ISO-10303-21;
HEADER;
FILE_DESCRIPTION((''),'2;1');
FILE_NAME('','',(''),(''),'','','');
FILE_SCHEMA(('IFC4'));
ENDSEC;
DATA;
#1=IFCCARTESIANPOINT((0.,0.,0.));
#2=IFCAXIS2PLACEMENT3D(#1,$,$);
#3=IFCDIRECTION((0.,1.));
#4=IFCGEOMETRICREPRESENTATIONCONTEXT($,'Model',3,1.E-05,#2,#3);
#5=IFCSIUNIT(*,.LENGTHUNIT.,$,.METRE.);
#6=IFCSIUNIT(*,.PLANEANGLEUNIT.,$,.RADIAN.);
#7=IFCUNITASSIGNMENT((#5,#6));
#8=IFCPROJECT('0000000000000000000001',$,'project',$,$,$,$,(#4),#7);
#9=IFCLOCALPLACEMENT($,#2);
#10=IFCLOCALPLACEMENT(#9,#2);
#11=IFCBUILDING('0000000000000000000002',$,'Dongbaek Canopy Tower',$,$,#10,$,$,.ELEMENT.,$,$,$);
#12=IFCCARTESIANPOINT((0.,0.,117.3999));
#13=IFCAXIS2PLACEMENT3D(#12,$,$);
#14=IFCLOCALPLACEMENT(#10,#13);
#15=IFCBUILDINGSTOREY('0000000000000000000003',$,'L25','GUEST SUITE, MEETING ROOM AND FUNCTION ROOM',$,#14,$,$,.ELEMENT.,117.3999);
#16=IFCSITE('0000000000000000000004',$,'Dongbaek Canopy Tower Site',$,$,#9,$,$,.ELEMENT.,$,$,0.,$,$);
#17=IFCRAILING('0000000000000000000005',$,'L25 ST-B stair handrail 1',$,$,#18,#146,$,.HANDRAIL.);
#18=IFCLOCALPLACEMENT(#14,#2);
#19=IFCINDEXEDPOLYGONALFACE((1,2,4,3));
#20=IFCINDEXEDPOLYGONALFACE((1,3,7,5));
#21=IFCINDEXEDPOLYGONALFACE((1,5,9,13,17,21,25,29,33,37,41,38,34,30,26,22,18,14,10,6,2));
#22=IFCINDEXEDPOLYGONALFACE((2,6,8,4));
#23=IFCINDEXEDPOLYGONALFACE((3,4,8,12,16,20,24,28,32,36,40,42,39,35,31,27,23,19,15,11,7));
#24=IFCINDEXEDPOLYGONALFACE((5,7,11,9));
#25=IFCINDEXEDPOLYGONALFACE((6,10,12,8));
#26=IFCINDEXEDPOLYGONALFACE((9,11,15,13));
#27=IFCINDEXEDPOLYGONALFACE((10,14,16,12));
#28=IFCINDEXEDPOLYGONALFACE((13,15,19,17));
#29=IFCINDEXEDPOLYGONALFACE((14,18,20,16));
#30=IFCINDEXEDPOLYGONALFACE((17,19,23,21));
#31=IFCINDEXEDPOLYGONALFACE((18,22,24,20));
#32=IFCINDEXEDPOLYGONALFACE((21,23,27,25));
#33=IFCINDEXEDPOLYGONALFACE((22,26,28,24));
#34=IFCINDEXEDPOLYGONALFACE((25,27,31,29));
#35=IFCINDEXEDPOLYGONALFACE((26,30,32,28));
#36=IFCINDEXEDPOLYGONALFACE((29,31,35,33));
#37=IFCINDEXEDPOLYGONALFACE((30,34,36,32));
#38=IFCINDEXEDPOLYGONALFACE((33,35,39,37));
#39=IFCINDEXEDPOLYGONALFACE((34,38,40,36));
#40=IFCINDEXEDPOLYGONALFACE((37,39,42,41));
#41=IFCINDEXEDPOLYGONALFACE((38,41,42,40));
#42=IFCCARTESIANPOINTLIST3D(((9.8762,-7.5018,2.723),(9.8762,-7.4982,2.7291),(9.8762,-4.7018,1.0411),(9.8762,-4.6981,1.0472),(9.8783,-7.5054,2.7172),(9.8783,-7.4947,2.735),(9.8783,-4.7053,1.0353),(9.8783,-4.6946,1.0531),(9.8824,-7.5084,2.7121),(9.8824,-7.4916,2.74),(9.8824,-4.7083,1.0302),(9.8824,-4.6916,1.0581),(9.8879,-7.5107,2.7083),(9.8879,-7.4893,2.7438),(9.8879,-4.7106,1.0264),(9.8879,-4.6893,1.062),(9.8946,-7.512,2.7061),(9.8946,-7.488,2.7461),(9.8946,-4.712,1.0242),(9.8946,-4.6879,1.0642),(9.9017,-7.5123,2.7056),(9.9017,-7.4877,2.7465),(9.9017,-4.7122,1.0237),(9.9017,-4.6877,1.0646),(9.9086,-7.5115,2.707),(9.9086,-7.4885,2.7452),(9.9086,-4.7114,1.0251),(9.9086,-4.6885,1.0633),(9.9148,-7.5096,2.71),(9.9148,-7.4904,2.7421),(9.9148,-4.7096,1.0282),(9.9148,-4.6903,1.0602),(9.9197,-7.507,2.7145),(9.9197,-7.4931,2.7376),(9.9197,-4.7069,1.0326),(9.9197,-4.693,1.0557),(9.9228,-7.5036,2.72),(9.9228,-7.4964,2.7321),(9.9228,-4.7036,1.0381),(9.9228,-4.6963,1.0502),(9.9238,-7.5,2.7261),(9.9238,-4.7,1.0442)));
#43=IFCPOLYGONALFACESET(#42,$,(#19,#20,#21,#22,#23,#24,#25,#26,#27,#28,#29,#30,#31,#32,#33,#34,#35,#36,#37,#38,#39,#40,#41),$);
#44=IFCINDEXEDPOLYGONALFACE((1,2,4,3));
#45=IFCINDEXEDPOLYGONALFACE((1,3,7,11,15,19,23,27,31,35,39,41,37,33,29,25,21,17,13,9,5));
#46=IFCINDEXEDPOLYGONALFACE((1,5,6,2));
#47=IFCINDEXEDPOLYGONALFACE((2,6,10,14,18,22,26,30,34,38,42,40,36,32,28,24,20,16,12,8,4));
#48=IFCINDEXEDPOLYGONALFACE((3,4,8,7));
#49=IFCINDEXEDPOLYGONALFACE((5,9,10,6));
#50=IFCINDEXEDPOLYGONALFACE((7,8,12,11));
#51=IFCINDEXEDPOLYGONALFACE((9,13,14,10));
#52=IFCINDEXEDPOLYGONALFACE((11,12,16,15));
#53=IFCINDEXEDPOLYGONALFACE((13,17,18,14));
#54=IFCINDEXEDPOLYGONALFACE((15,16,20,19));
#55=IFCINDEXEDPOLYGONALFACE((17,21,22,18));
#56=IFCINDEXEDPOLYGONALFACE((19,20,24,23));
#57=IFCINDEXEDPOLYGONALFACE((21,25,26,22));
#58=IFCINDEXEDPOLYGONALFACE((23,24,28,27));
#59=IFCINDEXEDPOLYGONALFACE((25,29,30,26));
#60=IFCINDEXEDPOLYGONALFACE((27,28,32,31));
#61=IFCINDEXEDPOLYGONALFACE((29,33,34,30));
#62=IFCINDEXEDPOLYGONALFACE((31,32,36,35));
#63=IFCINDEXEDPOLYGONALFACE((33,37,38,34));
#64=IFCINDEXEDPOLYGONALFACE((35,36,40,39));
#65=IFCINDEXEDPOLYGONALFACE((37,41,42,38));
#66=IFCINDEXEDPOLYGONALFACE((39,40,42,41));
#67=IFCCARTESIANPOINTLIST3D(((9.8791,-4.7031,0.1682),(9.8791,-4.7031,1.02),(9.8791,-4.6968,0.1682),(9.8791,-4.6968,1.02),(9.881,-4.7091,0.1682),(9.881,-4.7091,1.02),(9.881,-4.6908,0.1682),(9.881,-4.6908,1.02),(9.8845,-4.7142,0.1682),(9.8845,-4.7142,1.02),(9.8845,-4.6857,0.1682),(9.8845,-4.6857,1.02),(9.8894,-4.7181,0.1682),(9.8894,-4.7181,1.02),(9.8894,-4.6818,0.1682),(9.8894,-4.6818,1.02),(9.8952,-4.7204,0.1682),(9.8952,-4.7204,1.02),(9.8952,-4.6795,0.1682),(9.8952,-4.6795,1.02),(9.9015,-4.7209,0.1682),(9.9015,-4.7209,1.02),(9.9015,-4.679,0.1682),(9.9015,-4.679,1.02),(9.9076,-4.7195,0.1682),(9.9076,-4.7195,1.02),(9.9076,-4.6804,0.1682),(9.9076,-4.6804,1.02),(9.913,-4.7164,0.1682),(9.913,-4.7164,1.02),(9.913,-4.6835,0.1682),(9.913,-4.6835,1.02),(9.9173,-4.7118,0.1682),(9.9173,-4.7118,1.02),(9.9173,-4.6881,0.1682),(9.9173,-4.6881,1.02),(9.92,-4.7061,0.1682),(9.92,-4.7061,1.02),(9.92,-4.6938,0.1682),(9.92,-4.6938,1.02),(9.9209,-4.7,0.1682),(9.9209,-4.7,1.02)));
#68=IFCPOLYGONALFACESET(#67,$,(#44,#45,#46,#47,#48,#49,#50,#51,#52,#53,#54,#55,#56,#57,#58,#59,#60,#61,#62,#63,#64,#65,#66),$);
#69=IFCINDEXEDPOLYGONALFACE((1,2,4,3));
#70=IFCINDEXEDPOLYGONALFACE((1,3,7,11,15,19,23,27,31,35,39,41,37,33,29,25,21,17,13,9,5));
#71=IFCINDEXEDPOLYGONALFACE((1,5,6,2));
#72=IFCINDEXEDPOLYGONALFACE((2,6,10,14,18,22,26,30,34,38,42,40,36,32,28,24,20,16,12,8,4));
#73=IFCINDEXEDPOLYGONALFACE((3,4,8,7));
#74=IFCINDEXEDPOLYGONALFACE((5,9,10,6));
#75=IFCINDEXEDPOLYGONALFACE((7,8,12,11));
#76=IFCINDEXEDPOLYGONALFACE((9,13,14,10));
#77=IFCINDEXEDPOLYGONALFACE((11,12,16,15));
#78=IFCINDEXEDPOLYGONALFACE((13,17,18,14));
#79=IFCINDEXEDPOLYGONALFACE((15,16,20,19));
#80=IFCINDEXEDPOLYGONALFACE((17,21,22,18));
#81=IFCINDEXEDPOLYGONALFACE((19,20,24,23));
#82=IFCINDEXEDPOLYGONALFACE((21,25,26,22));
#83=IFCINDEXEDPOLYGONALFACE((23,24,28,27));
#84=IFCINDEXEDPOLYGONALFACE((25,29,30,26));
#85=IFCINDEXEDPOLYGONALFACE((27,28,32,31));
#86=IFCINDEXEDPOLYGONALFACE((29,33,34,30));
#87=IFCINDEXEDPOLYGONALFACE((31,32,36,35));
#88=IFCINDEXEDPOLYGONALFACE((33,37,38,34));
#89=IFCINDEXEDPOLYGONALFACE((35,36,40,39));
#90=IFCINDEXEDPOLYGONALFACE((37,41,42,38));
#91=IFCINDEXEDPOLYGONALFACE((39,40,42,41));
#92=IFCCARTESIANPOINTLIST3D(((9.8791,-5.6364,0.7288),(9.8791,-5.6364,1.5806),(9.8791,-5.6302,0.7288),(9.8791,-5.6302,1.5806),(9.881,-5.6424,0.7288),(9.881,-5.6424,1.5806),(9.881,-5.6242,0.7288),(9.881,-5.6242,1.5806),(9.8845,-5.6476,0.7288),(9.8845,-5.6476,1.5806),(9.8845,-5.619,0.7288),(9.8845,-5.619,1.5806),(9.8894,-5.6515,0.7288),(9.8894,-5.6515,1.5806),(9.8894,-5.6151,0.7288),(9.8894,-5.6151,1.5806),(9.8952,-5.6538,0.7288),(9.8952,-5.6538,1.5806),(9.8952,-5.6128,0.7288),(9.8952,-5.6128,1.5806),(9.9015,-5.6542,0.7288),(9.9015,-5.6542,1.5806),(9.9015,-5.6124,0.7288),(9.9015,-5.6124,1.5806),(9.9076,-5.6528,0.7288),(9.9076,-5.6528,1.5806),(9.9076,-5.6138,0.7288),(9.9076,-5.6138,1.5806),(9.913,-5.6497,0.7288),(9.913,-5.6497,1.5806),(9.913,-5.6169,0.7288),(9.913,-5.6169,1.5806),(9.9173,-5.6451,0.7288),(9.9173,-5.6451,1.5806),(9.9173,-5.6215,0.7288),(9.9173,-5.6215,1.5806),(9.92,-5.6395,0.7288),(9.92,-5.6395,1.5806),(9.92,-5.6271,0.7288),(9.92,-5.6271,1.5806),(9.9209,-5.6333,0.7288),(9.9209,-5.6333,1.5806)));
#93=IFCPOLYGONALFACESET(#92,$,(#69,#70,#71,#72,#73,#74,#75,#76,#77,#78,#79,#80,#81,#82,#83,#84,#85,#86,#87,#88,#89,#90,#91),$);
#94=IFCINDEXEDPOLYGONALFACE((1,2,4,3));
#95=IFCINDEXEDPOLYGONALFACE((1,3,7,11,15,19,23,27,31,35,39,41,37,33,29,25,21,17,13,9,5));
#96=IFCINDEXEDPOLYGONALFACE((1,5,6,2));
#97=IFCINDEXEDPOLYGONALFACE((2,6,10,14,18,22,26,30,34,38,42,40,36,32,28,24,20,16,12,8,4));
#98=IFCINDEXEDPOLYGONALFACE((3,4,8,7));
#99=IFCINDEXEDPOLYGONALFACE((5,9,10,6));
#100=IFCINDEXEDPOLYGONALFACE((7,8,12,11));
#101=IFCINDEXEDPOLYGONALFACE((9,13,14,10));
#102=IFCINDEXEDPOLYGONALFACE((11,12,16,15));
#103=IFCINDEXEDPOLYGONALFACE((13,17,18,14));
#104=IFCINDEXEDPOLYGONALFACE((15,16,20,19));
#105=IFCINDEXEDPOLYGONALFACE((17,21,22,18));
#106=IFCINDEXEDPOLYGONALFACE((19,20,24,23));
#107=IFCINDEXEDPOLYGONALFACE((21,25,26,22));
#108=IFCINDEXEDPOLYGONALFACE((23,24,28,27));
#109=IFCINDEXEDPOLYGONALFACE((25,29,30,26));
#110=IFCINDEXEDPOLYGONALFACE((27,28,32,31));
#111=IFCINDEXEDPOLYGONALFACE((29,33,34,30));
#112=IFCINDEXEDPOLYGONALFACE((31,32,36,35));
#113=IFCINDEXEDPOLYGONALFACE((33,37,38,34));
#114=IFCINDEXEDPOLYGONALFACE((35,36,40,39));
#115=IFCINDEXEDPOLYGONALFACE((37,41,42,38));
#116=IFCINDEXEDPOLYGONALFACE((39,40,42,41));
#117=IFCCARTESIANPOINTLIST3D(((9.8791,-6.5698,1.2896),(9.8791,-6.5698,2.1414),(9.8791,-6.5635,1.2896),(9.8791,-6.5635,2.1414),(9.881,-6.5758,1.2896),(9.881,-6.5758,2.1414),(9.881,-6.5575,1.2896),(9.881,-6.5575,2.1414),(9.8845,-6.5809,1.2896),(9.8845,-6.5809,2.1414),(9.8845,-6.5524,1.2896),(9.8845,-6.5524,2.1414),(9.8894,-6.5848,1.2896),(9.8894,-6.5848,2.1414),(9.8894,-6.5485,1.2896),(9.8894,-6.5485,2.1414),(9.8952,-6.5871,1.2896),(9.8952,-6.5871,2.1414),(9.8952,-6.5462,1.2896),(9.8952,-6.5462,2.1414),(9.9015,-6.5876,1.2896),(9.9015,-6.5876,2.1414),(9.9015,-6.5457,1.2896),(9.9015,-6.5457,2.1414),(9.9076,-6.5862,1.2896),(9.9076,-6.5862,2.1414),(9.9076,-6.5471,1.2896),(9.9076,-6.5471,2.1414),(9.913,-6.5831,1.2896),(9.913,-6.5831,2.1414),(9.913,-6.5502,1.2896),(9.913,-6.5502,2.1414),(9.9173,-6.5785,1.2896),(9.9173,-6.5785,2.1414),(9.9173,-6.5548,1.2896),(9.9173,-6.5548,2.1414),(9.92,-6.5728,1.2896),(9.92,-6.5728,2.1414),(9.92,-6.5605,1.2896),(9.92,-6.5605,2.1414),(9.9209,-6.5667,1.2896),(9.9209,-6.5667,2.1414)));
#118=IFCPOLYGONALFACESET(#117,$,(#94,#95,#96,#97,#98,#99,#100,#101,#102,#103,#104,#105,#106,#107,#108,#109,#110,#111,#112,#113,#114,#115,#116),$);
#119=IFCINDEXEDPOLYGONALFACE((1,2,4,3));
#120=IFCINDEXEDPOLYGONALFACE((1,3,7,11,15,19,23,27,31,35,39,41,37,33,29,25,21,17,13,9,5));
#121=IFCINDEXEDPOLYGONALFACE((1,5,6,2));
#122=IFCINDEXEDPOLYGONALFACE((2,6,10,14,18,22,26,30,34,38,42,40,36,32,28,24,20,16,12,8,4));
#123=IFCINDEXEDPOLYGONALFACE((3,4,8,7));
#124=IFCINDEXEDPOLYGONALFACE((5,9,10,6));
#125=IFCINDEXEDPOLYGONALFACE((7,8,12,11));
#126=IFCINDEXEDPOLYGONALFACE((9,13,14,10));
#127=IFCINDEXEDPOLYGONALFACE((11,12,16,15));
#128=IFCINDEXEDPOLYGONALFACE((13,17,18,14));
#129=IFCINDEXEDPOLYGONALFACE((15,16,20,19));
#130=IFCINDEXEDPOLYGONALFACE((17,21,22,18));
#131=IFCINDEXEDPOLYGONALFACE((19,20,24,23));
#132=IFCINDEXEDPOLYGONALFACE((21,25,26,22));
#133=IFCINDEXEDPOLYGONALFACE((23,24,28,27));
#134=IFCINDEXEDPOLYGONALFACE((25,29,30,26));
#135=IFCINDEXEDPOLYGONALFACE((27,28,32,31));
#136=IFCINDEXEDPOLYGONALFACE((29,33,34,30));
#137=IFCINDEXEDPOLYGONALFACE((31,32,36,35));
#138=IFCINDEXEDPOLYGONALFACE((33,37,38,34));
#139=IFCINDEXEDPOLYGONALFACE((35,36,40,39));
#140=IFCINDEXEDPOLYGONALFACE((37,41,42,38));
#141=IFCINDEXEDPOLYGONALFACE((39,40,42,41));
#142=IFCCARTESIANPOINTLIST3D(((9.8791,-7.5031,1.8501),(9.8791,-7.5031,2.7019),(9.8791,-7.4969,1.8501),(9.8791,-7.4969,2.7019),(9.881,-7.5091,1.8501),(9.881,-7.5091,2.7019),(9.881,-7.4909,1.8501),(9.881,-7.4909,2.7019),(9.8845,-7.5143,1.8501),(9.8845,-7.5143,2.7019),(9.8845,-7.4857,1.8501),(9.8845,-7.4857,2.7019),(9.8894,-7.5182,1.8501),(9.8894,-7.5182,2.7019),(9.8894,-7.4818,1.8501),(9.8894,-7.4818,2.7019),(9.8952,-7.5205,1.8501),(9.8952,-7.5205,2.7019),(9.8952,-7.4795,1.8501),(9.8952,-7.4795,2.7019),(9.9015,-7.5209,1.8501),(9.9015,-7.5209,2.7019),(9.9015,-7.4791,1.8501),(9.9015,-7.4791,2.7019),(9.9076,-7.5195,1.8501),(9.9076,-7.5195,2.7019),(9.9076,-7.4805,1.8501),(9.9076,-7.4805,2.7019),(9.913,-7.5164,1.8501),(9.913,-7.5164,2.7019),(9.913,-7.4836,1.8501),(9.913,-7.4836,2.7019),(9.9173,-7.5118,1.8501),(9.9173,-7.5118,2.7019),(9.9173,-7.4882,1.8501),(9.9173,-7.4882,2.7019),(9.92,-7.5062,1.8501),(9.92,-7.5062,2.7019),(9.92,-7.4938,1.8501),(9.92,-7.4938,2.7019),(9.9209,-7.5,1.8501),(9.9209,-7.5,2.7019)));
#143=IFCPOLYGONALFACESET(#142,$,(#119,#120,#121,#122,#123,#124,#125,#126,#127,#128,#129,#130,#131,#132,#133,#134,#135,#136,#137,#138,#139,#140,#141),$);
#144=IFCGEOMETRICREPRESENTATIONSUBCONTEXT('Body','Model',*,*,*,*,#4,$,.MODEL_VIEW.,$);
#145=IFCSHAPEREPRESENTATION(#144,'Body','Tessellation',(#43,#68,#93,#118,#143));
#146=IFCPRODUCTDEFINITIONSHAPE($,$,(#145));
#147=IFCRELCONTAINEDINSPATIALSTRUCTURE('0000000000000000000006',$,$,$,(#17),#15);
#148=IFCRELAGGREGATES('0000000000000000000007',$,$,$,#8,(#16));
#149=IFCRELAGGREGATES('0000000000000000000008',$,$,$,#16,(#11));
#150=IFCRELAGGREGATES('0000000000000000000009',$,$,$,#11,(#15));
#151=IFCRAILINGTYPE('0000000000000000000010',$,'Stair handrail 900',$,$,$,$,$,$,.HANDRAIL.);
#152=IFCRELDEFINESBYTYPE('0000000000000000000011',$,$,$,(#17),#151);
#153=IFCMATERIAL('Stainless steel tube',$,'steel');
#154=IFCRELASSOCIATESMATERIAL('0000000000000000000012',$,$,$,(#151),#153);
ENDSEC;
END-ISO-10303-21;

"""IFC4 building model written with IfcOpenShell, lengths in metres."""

from ifc_helpers import new_model, si_unit, direction, frame, origin, origin_2d, place, context, subcontext, project, spatial, circle, extrude, material, type_object, element, save


model = new_model("IFC4")

# Units and contexts
model_context = context("Model", 3, precision=1e-05, world=origin(), true_north=direction((0.0, 1.0)))
body_context = subcontext(model_context, "Body", "Model", "MODEL_VIEW")
ifc_project = project(units=[si_unit("LENGTHUNIT", "METRE"), si_unit("PLANEANGLEUNIT", "RADIAN")], contexts=[model_context])

# Site, building, storey
site_placement = place(None, origin())
site = spatial("IfcSite", under=ifc_project, at=site_placement, Name="Dongbaek Canopy Tower Site", CompositionType="ELEMENT", RefElevation=0.0)
building_placement = place(site_placement, origin())
building = spatial("IfcBuilding", under=site, at=building_placement, Name="Dongbaek Canopy Tower", CompositionType="ELEMENT")
storey_placement = place(building_placement, frame((0.0, 0.0, 117.3999)))
storey = spatial("IfcBuildingStorey", under=building, at=storey_placement, Name="L25", Description="GUEST SUITE, MEETING ROOM AND FUNCTION ROOM", CompositionType="ELEMENT", Elevation=117.3999)

# Railing
ifc_material_1 = material(Name="Stainless steel tube", Category="steel")
railing_type_1 = type_object("IfcRailingType", Name="Stair handrail 900", PredefinedType="HANDRAIL", material=ifc_material_1)
railing_1_placement = place(storey_placement, frame((9.8999, -4.7, 0.1682)))
element("IfcRailing", 1, at=railing_1_placement, inside=storey, type_object=railing_type_1, Name="L25 ST-B stair handrail 1", PredefinedType="HANDRAIL", context=body_context, shape_type="SweptSolid", body=[
    extrude(circle(Radius=0.0239, at=origin_2d()), frame((0.0, 0.0, 0.876), z_axis=(0.0, -0.857242, 0.514913), x_axis=(1.0, 0.0, 0.0)), (0.0, 0.0, 1.0), 3.2664),
    extrude(circle(Radius=0.021, at=origin_2d()), origin(), (0.0, 0.0, 1.0), 0.8518),
    extrude(circle(Radius=0.021, at=origin_2d()), frame((0.0, -0.9333, 0.5605)), (0.0, 0.0, 1.0), 0.8518),
    extrude(circle(Radius=0.021, at=origin_2d()), frame((0.0, -1.8667, 1.1213)), (0.0, 0.0, 1.0), 0.8518),
    extrude(circle(Radius=0.021, at=origin_2d()), frame((0.0, -2.8, 1.6819)), (0.0, 0.0, 1.0), 0.8518),
])

save(model, "model.ifc")
